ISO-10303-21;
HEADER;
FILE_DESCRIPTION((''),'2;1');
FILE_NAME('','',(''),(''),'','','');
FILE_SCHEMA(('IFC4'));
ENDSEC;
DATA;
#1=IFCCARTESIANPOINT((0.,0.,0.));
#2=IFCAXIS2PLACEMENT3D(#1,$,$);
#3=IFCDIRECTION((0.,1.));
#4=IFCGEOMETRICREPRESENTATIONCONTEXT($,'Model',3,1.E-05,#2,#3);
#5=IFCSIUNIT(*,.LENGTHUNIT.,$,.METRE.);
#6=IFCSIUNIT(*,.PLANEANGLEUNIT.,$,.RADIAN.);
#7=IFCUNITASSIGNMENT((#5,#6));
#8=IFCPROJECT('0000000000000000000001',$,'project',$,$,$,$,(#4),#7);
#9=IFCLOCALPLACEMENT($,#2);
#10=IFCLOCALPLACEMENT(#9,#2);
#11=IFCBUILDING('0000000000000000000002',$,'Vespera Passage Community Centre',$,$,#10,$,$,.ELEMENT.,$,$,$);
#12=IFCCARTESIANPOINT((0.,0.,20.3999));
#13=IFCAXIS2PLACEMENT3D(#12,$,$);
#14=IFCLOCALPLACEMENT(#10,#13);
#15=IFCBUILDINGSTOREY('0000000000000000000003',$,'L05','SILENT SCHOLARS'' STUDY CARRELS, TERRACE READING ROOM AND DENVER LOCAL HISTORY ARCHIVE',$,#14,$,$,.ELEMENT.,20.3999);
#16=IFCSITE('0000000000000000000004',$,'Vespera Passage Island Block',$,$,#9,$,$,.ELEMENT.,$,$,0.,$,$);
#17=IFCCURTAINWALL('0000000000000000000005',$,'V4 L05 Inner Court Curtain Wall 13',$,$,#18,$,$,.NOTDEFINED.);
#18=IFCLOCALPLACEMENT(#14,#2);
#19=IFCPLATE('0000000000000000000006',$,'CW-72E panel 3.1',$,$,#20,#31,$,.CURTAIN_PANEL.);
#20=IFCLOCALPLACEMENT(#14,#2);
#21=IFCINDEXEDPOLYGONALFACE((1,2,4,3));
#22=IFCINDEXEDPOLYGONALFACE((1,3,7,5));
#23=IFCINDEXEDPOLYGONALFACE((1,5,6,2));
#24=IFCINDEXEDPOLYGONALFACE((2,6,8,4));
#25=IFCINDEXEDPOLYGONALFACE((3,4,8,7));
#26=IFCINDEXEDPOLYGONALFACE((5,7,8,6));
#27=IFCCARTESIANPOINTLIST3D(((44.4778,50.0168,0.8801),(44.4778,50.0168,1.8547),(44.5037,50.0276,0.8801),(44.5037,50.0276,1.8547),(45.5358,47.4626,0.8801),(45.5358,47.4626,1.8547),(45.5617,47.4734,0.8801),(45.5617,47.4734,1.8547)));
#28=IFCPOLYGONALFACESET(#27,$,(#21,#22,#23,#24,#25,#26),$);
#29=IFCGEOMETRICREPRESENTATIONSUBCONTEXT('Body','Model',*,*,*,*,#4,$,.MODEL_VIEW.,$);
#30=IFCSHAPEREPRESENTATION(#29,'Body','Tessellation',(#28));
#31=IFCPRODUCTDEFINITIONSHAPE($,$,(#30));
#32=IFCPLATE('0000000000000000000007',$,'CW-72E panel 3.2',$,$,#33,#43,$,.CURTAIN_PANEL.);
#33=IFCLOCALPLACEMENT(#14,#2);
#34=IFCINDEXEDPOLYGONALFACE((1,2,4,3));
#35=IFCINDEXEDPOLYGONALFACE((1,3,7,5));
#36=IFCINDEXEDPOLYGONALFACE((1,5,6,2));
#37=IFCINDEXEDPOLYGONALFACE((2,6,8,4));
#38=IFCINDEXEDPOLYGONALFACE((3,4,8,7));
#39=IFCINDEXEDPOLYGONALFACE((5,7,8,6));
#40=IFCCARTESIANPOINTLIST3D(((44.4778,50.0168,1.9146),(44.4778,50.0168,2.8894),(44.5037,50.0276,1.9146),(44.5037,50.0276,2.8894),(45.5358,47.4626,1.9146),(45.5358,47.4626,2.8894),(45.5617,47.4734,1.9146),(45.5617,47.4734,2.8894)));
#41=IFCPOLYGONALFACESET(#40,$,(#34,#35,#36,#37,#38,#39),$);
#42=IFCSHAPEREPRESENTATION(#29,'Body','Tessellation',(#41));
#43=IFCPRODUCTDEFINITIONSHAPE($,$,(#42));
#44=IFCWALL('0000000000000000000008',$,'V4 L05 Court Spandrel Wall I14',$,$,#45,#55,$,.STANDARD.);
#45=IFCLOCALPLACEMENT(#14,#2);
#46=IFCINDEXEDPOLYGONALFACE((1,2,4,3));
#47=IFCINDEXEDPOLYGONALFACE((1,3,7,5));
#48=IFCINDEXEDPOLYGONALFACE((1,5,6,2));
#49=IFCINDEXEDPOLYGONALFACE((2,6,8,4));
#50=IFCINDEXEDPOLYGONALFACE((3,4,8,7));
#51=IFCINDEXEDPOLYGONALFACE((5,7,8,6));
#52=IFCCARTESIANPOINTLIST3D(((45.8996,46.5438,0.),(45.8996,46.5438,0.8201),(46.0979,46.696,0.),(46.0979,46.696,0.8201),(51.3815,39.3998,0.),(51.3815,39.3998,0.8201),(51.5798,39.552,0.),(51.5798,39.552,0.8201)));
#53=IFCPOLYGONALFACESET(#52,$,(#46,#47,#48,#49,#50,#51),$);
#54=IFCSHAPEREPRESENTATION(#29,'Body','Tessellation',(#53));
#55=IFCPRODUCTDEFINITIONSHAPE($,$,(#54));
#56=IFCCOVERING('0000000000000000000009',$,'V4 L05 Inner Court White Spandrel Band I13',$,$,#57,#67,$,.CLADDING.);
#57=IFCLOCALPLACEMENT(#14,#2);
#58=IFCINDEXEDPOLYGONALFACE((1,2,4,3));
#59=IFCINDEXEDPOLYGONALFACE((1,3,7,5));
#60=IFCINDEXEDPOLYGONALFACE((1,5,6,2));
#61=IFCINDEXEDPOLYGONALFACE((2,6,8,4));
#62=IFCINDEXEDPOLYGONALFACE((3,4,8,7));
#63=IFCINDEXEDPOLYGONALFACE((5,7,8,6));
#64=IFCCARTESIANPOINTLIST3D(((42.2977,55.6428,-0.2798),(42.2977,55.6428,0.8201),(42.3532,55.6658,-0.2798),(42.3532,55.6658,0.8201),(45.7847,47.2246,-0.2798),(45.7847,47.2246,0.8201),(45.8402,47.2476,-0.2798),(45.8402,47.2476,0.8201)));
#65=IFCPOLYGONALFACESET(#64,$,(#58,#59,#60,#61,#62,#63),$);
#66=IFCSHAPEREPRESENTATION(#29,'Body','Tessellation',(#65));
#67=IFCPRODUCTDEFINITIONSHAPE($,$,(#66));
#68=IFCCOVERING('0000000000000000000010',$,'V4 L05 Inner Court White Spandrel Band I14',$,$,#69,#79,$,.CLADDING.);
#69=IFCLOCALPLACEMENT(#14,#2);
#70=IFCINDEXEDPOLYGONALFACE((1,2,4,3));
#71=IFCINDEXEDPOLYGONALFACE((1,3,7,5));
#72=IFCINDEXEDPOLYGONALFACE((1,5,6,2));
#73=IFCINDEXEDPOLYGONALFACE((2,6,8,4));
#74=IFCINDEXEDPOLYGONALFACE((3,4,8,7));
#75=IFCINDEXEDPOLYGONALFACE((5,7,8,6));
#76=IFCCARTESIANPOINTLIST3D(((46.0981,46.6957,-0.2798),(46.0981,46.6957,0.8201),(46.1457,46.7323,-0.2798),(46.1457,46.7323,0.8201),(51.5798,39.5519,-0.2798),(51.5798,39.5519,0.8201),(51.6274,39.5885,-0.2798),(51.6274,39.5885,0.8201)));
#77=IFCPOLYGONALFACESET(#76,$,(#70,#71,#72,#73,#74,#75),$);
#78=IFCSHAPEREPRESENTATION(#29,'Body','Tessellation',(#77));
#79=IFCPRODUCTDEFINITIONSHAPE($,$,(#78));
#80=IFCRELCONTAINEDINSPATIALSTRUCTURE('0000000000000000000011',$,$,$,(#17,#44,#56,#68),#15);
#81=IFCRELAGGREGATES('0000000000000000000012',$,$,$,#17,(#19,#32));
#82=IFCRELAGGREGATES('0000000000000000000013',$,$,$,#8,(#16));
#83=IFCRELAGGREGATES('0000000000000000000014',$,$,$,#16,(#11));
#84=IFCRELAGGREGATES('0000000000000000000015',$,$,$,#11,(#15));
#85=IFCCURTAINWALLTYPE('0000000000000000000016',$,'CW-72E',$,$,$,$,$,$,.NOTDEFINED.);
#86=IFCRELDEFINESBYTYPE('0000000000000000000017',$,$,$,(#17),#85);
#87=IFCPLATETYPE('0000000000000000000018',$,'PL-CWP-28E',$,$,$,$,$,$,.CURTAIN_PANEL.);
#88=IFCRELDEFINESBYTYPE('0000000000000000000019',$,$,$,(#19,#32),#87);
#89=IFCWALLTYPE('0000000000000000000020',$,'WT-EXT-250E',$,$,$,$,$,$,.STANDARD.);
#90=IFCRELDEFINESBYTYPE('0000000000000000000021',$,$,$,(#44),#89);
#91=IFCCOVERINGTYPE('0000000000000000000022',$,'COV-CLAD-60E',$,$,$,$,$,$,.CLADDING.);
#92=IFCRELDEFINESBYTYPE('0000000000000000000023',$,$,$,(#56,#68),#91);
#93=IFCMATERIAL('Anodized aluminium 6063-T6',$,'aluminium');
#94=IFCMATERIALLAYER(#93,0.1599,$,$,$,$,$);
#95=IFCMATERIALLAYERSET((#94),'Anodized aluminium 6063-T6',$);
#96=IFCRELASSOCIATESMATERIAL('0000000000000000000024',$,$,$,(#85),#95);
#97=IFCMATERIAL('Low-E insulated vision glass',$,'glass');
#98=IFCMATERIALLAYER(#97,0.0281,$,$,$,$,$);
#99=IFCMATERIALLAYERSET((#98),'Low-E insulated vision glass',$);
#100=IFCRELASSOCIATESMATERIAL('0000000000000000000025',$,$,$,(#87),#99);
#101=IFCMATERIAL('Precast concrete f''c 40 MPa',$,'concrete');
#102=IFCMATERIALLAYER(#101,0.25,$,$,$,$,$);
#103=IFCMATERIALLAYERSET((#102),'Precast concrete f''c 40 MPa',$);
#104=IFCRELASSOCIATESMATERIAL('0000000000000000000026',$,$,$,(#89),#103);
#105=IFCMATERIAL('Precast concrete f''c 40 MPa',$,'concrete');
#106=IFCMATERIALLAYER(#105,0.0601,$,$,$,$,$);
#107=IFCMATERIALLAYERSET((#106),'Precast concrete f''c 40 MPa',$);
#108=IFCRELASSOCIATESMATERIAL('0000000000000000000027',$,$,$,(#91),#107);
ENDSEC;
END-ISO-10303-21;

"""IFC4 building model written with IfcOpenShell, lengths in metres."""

from ifc_helpers import new_model, si_unit, direction, frame, frame_2d, origin, origin_2d, place, context, subcontext, project, spatial, rectangle, extrude, material, layer, layer_set, type_object, element, aggregate, save


model = new_model("IFC4")

# Units and contexts
model_context = context("Model", 3, precision=1e-05, world=origin(), true_north=direction((0.0, 1.0)))
body_context = subcontext(model_context, "Body", "Model", "MODEL_VIEW")
ifc_project = project(units=[si_unit("LENGTHUNIT", "METRE"), si_unit("PLANEANGLEUNIT", "RADIAN")], contexts=[model_context])

# Site, building, storey
site_placement = place(None, origin())
site = spatial("IfcSite", under=ifc_project, at=site_placement, Name="Vespera Passage Island Block", CompositionType="ELEMENT", RefElevation=0.0)
building_placement = place(site_placement, origin())
building = spatial("IfcBuilding", under=site, at=building_placement, Name="Vespera Passage Community Centre", CompositionType="ELEMENT")
storey_placement = place(building_placement, frame((0.0, 0.0, 20.3999)))
storey = spatial("IfcBuildingStorey", under=building, at=storey_placement, Name="L05", Description="SILENT SCHOLARS' STUDY CARRELS, TERRACE READING ROOM AND DENVER LOCAL HISTORY ARCHIVE", CompositionType="ELEMENT", Elevation=20.3999)

# Curtain wall
ifc_material_1 = material(Name="Anodized aluminium 6063-T6", Category="aluminium")
ifc_layer_1 = layer(ifc_material_1, 0.1599)
ifc_layer_set_1 = layer_set([ifc_layer_1], Name="Anodized aluminium 6063-T6")
curtain_wall_type_1 = type_object("IfcCurtainWallType", Name="CW-72E", PredefinedType="NOTDEFINED", material=ifc_layer_set_1)
curtain_wall_1_placement = place(storey_placement, origin())
curtain_wall_1 = element("IfcCurtainWall", 1, at=curtain_wall_1_placement, inside=storey, type_object=curtain_wall_type_1, Name="V4 L05 Inner Court Curtain Wall 13", PredefinedType="NOTDEFINED")

# Plates
ifc_material_2 = material(Name="Low-E insulated vision glass", Category="glass")
ifc_layer_2 = layer(ifc_material_2, 0.0281)
ifc_layer_set_2 = layer_set([ifc_layer_2], Name="Low-E insulated vision glass")
plate_type = type_object("IfcPlateType", Name="PL-CWP-28E", PredefinedType="CURTAIN_PANEL", material=ifc_layer_set_2)
plate_1_placement = place(storey_placement, frame((45.0198, 48.7451, 0.8801), z_axis=(0.0, 0.0, 1.0), x_axis=(0.38269, -0.923877, 0.0)))
plate_1 = element("IfcPlate", 2, at=plate_1_placement, type_object=plate_type, Name="CW-72E panel 3.1", PredefinedType="CURTAIN_PANEL", context=body_context, shape_type="SweptSolid", body=[
    extrude(rectangle(XDim=2.7646, YDim=0.0281, at=origin_2d()), origin(), (0.0, 0.0, 1.0), 0.9746),
])
plate_2_placement = place(storey_placement, frame((45.0198, 48.7451, 1.9146), z_axis=(0.0, 0.0, 1.0), x_axis=(0.38269, -0.923877, 0.0)))
plate_2 = element("IfcPlate", 3, at=plate_2_placement, type_object=plate_type, Name="CW-72E panel 3.2", PredefinedType="CURTAIN_PANEL", context=body_context, shape_type="SweptSolid", body=[
    extrude(rectangle(XDim=2.7646, YDim=0.0281, at=origin_2d()), origin(), (0.0, 0.0, 1.0), 0.9749),
])
aggregate(curtain_wall_1, [plate_1, plate_2])

# Wall
ifc_material_3 = material(Name="Precast concrete f'c 40 MPa", Category="concrete")
ifc_layer_3 = layer(ifc_material_3, 0.25)
ifc_layer_set_3 = layer_set([ifc_layer_3], Name="Precast concrete f'c 40 MPa")
wall_type = type_object("IfcWallType", Name="WT-EXT-250E", PredefinedType="STANDARD", material=ifc_layer_set_3)
wall_placement = place(storey_placement, frame((45.9988, 46.6199, 0.0), z_axis=(0.0, 0.0, 1.0), x_axis=(0.60877, -0.793347, 0.0)))
element("IfcWall", 4, at=wall_placement, inside=storey, type_object=wall_type, Name="V4 L05 Court Spandrel Wall I14", PredefinedType="STANDARD", context=body_context, shape_type="SweptSolid", body=[
    extrude(rectangle(XDim=9.0049, YDim=0.25, at=frame_2d((4.5024, 0.0))), origin(), (0.0, 0.0, 1.0), 0.8201),
])

# Coverings
ifc_material_4 = material(Name="Precast concrete f'c 40 MPa", Category="concrete")
ifc_layer_4 = layer(ifc_material_4, 0.0601)
ifc_layer_set_4 = layer_set([ifc_layer_4], Name="Precast concrete f'c 40 MPa")
covering_type = type_object("IfcCoveringType", Name="COV-CLAD-60E", PredefinedType="CLADDING", material=ifc_layer_set_4)
covering_1_placement = place(storey_placement, frame((42.3254, 55.6543, -0.2798), z_axis=(0.0, 0.0, 1.0), x_axis=(0.382695, -0.923875, 0.0)))
element("IfcCovering", 5, at=covering_1_placement, inside=storey, type_object=covering_type, Name="V4 L05 Inner Court White Spandrel Band I13", PredefinedType="CLADDING", context=body_context, shape_type="SweptSolid", body=[
    extrude(rectangle(XDim=9.1118, YDim=0.0601, at=frame_2d((4.5559, 0.0))), origin(), (0.0, 0.0, 1.0), 1.0999),
])
covering_2_placement = place(storey_placement, frame((46.1218, 46.7141, -0.2798), z_axis=(0.0, 0.0, 1.0), x_axis=(0.608766, -0.79335, 0.0)))
element("IfcCovering", 6, at=covering_2_placement, inside=storey, type_object=covering_type, Name="V4 L05 Inner Court White Spandrel Band I14", PredefinedType="CLADDING", context=body_context, shape_type="SweptSolid", body=[
    extrude(rectangle(XDim=9.0046, YDim=0.0601, at=frame_2d((4.5024, 0.0))), origin(), (0.0, 0.0, 1.0), 1.0999),
])

save(model, "model.ifc")
